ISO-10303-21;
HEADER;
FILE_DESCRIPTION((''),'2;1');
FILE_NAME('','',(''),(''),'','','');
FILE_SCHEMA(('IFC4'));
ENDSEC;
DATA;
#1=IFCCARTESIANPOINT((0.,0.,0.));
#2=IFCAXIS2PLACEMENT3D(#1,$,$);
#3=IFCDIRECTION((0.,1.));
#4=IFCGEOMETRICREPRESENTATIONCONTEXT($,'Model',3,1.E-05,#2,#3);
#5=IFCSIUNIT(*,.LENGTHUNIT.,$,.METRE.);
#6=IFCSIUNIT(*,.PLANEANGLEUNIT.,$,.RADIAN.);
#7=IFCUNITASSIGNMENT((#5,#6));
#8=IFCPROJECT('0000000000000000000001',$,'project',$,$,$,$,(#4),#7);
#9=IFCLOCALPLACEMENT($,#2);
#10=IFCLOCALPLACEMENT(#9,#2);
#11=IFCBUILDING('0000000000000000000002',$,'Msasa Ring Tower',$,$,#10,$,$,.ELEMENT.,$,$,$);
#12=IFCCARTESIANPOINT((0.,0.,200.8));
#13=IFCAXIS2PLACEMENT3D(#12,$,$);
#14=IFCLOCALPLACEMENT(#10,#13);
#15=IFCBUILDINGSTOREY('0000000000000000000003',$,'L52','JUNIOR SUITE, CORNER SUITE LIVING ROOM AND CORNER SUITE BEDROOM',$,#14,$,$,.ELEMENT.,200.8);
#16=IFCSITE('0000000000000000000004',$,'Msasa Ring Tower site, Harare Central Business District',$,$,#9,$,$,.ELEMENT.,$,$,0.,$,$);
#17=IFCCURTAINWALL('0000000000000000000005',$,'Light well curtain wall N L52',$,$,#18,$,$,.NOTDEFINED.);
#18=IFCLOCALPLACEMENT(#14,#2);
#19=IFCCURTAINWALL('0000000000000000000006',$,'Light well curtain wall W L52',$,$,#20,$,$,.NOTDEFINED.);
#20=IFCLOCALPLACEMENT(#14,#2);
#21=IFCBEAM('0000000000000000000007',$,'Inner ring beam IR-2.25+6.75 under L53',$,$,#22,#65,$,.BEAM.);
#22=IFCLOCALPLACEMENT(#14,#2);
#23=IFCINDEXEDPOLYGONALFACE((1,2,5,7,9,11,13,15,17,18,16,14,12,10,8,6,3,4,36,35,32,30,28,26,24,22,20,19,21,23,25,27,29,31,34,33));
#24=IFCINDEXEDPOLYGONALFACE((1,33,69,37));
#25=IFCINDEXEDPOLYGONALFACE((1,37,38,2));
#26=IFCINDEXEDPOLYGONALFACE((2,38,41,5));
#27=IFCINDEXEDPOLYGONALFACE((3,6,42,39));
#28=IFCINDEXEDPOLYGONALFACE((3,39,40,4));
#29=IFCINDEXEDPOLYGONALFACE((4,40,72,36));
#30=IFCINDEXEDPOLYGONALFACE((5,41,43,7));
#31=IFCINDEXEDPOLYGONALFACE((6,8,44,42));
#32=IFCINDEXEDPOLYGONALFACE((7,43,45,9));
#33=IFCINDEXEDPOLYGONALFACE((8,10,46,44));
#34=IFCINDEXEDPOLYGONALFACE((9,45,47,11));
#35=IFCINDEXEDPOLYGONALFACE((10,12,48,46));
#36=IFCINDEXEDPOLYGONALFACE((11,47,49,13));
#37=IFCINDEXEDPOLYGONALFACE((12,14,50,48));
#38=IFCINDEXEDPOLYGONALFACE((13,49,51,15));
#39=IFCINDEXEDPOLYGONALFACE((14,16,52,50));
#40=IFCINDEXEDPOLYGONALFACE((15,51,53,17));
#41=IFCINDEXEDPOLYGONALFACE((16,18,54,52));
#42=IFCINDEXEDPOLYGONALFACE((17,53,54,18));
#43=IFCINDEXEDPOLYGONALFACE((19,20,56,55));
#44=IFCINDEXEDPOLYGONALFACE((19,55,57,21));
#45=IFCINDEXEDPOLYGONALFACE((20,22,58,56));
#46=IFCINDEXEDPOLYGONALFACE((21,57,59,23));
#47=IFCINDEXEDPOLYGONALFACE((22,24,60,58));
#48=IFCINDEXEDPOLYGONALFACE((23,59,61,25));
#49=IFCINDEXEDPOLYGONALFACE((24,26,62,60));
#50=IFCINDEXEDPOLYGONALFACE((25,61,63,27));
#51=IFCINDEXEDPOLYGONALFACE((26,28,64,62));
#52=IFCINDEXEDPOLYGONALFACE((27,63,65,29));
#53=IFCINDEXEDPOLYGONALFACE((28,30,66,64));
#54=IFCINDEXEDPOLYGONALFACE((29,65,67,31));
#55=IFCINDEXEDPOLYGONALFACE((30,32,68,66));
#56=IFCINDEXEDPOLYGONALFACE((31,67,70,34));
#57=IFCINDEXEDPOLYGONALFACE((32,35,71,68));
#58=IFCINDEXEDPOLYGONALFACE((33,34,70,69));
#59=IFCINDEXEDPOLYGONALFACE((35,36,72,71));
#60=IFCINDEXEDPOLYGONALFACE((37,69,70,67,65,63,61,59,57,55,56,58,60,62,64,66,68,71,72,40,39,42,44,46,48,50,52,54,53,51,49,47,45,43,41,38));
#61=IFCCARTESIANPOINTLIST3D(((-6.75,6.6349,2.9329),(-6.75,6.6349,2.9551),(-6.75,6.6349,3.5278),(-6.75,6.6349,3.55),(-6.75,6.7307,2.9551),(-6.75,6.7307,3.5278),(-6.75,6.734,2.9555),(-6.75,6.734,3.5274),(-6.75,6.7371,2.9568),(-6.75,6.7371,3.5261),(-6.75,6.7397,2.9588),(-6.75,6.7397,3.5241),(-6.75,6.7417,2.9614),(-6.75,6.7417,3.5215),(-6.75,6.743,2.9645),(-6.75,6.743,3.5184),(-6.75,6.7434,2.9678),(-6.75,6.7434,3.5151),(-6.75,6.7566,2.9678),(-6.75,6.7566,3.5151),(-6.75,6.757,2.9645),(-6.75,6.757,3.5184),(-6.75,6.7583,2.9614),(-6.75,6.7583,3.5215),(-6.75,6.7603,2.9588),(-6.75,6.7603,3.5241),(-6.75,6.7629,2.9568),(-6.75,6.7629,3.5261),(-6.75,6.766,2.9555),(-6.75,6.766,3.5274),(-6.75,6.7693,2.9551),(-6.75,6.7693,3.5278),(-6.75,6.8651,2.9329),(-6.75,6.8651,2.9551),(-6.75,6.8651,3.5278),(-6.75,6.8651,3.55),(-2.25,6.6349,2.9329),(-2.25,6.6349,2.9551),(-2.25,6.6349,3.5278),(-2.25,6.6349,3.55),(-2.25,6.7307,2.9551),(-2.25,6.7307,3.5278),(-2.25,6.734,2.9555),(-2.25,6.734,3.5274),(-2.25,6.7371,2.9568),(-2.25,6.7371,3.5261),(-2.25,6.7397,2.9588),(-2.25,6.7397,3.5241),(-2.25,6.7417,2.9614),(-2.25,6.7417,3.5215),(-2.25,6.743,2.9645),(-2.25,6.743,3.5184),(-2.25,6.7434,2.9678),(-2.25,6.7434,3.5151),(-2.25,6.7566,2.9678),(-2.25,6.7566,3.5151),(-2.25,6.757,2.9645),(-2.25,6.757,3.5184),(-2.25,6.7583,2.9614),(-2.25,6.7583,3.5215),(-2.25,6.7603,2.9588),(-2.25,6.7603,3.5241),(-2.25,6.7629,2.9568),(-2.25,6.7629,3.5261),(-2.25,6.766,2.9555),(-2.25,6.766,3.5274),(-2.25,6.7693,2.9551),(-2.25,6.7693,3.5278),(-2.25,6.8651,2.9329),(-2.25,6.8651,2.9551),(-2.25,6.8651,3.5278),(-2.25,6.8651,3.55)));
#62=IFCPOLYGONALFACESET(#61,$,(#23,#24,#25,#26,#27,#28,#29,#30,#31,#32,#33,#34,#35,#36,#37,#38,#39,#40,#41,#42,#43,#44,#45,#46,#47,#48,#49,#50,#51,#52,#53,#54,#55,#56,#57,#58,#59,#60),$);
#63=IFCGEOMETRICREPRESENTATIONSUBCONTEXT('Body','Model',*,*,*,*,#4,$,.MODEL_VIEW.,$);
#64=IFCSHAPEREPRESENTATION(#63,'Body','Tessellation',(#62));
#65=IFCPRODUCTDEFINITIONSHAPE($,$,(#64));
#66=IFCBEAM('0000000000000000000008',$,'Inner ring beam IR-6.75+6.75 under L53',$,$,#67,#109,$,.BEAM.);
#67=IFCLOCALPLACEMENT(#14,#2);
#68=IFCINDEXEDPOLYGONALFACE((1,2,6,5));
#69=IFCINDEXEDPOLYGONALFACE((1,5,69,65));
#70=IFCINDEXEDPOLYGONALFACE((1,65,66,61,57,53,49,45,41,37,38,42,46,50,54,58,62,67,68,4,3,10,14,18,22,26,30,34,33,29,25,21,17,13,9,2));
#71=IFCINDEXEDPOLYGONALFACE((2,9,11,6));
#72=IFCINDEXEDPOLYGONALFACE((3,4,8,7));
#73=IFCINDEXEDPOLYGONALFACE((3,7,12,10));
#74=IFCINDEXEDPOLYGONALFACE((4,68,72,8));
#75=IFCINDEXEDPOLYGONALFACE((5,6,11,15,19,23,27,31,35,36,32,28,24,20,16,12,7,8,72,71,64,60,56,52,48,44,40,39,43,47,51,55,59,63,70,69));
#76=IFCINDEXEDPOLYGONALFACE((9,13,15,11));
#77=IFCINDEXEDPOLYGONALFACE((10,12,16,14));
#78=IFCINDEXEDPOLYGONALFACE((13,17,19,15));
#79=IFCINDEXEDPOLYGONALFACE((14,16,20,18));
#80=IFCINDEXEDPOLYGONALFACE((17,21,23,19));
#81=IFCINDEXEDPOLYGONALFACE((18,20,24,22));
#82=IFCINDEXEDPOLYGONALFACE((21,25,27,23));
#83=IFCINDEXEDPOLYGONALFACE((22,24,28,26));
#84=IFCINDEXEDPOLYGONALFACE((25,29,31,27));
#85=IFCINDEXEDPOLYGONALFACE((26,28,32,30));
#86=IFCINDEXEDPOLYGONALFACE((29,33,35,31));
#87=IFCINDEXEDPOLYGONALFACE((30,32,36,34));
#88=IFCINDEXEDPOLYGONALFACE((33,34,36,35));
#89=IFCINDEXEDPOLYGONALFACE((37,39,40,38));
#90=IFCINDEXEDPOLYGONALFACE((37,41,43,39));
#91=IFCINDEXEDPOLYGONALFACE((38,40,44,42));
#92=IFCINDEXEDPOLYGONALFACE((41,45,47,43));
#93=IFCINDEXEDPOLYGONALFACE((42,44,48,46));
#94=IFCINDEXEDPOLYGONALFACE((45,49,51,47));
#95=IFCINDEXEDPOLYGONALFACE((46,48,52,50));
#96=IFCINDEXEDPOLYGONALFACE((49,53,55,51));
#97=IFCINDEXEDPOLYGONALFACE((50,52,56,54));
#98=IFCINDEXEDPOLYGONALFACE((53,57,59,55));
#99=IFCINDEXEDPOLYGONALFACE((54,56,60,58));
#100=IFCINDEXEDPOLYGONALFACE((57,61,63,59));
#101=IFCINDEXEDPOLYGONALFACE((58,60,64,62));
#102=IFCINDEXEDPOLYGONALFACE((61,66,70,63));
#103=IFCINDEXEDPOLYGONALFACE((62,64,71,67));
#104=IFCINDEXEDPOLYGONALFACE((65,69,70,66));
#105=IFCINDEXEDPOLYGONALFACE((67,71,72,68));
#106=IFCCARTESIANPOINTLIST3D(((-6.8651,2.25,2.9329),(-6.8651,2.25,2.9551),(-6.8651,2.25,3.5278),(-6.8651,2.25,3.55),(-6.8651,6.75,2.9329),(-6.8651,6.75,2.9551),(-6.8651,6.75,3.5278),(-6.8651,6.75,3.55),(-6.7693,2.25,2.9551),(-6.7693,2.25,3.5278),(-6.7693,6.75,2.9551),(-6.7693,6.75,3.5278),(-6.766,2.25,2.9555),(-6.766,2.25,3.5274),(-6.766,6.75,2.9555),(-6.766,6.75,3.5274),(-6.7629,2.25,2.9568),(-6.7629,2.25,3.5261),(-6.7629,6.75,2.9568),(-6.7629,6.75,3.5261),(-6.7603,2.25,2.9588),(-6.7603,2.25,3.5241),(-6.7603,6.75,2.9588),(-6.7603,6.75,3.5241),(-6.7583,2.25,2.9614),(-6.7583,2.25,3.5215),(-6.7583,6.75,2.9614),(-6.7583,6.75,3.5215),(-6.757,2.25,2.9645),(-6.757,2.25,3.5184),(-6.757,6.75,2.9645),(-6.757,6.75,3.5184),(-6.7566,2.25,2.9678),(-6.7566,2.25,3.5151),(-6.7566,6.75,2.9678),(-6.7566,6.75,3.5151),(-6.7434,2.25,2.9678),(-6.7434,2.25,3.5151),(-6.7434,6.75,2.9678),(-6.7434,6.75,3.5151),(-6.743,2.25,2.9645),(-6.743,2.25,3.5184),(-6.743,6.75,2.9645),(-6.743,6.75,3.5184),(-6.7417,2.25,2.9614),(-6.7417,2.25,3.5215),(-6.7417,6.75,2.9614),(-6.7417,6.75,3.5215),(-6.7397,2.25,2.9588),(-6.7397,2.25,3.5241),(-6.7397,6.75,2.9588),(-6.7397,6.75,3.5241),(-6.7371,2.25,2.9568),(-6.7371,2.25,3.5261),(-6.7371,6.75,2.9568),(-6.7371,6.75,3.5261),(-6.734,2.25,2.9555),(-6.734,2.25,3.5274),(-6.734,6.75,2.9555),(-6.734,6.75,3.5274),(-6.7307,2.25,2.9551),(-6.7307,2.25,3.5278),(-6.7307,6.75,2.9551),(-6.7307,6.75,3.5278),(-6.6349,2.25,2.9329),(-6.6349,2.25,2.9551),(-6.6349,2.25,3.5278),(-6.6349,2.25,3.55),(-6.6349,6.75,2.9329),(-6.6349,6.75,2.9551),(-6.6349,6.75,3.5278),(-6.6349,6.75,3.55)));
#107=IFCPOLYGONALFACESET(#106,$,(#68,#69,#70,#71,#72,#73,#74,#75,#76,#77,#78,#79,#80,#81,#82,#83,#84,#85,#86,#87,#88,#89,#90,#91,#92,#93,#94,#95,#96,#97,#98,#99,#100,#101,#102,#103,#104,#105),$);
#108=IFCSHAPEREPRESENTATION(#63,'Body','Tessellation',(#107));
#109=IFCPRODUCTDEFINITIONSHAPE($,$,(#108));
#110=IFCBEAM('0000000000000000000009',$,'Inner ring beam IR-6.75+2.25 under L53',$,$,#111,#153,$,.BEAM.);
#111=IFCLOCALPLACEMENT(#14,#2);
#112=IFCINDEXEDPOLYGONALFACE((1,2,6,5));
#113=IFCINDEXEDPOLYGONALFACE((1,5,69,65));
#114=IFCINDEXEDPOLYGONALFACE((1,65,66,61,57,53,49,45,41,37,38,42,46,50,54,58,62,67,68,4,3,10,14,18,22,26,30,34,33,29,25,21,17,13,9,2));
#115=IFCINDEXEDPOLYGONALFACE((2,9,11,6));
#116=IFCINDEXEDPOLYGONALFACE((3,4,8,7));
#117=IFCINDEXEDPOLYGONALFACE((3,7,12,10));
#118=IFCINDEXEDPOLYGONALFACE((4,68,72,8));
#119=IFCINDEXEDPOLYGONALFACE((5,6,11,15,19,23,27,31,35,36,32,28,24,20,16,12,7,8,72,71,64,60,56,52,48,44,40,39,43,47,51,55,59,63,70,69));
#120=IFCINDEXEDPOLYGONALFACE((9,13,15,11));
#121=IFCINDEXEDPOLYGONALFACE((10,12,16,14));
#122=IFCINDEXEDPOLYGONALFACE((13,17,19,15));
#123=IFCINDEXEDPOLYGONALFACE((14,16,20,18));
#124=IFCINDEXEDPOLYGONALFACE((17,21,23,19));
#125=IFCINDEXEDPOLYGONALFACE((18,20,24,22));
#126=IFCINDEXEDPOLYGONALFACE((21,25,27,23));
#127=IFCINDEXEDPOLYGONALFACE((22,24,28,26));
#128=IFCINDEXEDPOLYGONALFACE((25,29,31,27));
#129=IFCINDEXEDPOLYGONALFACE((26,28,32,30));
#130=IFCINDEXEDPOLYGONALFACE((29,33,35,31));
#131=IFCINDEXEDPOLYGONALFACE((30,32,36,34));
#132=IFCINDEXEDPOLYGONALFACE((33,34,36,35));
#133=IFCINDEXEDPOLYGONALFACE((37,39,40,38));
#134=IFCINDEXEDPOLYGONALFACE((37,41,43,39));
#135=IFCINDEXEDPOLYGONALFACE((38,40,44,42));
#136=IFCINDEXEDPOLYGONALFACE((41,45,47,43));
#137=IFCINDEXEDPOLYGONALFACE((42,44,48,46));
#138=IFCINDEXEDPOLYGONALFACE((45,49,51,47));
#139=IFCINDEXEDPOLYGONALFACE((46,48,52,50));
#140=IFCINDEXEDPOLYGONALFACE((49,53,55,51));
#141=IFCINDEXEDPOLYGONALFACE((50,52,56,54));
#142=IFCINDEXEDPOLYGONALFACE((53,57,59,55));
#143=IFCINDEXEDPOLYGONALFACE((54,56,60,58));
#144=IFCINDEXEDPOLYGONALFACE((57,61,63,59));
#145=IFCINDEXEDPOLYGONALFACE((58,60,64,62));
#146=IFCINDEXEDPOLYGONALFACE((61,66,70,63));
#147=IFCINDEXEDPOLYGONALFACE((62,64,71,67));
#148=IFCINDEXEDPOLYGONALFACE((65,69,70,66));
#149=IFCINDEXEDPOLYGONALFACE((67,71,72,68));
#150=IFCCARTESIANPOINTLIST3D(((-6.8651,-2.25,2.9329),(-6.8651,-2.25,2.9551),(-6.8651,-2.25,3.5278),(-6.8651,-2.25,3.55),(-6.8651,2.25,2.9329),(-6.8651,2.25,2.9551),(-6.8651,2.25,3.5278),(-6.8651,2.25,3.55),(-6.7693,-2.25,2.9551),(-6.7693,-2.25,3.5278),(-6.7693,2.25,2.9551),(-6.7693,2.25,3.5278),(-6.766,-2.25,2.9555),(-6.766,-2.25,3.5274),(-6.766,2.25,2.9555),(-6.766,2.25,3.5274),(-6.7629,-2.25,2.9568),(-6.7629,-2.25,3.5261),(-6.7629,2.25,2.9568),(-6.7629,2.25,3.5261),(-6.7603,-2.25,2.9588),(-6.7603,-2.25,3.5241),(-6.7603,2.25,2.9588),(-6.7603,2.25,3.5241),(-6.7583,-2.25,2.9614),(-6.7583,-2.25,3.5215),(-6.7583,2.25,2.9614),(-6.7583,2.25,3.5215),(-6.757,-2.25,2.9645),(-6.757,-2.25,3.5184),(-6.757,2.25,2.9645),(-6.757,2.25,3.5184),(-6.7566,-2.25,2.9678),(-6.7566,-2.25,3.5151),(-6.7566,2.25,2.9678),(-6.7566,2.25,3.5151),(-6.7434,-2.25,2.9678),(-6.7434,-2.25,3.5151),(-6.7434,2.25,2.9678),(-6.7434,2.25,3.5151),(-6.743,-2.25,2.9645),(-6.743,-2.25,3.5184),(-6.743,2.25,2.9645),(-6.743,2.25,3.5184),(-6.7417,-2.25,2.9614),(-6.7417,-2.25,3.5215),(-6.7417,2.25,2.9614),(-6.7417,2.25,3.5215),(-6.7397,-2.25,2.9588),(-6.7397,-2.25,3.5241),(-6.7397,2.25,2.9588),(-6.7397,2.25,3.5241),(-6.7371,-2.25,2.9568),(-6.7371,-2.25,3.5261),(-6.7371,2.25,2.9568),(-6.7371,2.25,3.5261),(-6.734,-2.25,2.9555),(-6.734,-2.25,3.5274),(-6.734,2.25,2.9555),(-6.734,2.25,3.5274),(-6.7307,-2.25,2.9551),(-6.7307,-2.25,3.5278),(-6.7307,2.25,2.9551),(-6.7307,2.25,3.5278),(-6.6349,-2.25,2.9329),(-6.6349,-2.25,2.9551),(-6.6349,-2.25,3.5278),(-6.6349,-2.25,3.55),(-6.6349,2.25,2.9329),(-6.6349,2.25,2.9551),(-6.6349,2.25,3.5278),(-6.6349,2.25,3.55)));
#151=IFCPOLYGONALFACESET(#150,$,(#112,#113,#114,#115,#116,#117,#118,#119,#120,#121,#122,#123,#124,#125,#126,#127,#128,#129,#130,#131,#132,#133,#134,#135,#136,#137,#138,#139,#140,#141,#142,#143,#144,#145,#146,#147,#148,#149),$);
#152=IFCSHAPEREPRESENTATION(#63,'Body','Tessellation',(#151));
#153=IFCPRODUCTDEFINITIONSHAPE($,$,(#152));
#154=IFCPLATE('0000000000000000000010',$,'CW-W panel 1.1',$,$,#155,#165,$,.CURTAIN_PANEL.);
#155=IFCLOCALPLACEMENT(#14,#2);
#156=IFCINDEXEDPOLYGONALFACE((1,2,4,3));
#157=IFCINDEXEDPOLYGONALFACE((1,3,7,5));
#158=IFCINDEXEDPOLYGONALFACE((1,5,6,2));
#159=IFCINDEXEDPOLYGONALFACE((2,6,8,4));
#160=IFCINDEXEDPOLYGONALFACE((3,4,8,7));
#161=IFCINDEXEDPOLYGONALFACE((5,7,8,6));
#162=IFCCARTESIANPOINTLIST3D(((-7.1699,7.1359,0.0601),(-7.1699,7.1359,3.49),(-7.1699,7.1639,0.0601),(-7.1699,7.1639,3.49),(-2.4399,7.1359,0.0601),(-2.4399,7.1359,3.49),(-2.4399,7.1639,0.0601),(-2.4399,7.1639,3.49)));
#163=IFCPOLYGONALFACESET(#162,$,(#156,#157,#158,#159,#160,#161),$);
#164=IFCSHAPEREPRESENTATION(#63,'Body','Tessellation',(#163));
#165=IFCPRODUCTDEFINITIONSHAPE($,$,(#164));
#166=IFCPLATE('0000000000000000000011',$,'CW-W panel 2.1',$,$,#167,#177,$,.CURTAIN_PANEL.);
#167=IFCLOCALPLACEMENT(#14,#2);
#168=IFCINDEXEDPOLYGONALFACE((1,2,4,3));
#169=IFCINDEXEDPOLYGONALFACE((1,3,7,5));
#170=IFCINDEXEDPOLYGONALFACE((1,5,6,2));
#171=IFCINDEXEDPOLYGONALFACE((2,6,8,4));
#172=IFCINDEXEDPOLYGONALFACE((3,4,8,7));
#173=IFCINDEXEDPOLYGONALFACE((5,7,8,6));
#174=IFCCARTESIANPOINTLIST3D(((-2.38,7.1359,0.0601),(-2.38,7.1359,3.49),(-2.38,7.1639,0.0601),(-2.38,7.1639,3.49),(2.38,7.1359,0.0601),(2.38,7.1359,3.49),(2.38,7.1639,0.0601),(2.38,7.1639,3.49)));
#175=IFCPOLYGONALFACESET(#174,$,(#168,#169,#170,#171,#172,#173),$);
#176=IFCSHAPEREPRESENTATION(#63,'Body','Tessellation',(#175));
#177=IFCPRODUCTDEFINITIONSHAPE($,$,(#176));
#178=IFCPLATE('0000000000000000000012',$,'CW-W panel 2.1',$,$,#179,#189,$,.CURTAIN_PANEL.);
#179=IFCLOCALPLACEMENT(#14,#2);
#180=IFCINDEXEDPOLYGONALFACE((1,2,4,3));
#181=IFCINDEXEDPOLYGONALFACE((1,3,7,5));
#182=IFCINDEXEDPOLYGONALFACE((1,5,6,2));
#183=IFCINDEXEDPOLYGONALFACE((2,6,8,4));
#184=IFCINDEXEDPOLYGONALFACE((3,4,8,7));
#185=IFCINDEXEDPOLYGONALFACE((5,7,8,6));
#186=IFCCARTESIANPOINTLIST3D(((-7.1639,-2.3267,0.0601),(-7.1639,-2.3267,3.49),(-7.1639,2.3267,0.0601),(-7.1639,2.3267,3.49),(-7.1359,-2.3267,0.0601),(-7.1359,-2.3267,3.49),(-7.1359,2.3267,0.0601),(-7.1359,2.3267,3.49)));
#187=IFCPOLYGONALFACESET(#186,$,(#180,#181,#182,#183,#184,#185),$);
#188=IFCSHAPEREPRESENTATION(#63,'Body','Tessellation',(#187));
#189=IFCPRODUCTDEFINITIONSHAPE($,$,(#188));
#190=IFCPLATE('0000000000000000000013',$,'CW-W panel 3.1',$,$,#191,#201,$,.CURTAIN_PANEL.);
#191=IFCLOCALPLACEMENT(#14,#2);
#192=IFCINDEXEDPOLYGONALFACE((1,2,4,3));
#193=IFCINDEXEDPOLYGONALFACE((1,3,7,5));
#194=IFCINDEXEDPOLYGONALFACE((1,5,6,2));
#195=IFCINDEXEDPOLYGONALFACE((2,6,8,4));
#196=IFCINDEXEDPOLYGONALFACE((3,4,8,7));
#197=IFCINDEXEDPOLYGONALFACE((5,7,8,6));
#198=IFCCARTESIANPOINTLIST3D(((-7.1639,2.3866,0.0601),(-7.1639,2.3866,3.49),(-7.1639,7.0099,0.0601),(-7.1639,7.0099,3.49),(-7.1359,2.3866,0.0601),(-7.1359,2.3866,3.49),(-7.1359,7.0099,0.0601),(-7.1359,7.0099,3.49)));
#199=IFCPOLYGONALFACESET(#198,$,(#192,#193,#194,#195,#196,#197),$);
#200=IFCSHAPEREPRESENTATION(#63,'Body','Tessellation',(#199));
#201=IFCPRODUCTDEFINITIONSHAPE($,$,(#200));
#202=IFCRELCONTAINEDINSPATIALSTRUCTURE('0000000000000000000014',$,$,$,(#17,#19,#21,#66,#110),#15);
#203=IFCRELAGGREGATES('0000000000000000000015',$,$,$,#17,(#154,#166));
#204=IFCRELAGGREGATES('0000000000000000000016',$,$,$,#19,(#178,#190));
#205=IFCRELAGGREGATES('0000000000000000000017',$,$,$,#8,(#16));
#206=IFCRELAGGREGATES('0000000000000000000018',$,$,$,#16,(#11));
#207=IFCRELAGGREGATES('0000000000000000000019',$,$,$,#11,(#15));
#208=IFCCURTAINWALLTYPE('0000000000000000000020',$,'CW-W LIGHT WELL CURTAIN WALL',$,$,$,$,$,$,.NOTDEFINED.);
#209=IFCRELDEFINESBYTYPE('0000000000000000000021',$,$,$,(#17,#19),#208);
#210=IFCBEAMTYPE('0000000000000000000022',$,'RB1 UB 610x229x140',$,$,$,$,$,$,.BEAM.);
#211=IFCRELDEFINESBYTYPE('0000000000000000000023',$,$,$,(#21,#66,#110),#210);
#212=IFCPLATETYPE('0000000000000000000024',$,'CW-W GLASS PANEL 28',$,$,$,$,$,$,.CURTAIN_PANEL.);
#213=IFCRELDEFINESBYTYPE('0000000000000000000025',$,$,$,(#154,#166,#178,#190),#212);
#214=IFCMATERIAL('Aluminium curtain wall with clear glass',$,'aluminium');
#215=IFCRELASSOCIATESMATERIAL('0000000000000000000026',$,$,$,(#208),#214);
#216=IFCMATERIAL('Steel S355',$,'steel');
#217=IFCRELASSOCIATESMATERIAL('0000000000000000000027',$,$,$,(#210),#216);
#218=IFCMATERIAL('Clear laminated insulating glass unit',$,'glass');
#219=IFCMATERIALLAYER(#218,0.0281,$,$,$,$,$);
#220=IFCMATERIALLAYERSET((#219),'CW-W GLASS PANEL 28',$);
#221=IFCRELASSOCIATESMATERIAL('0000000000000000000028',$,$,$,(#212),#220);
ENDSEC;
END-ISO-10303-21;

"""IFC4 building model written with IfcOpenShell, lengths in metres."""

from ifc_helpers import new_model, si_unit, direction, frame, origin, origin_2d, place, context, subcontext, project, spatial, rectangle, i_section, extrude, material, layer, layer_set, material_profile, profile_set, type_object, element, aggregate, save


model = new_model("IFC4")

# Units and contexts
model_context = context("Model", 3, precision=1e-05, world=origin(), true_north=direction((0.0, 1.0)))
body_context = subcontext(model_context, "Body", "Model", "MODEL_VIEW")
ifc_project = project(units=[si_unit("LENGTHUNIT", "METRE"), si_unit("PLANEANGLEUNIT", "RADIAN")], contexts=[model_context])

# Site, building, storey
site_placement = place(None, origin())
site = spatial("IfcSite", under=ifc_project, at=site_placement, Name="Msasa Ring Tower site, Harare Central Business District", CompositionType="ELEMENT", RefElevation=0.0)
building_placement = place(site_placement, origin())
building = spatial("IfcBuilding", under=site, at=building_placement, Name="Msasa Ring Tower", CompositionType="ELEMENT")
storey_placement = place(building_placement, frame((0.0, 0.0, 200.8)))
storey = spatial("IfcBuildingStorey", under=building, at=storey_placement, Name="L52", Description="JUNIOR SUITE, CORNER SUITE LIVING ROOM AND CORNER SUITE BEDROOM", CompositionType="ELEMENT", Elevation=200.8)

# Curtain wall
ifc_material_1 = material(Name="Aluminium curtain wall with clear glass", Category="aluminium")
curtain_wall_type = type_object("IfcCurtainWallType", Name="CW-W LIGHT WELL CURTAIN WALL", PredefinedType="NOTDEFINED", material=ifc_material_1)
curtain_wall_1_placement = place(storey_placement, origin())
curtain_wall_1 = element("IfcCurtainWall", 1, at=curtain_wall_1_placement, inside=storey, type_object=curtain_wall_type, Name="Light well curtain wall N L52", PredefinedType="NOTDEFINED")

# Curtain wall
curtain_wall_2_placement = place(storey_placement, origin())
curtain_wall_2 = element("IfcCurtainWall", 2, at=curtain_wall_2_placement, inside=storey, type_object=curtain_wall_type, Name="Light well curtain wall W L52", PredefinedType="NOTDEFINED")

# Beams
ifc_material_2 = material(Name="Steel S355", Category="steel")
ifc_material_profile_1 = material_profile(ifc_material_2, i_section(OverallWidth=0.2302, OverallDepth=0.6172, WebThickness=0.0132, FlangeThickness=0.0222, FilletRadius=0.0127, at=origin_2d()), Name="UB 610x229x140")
ifc_profile_set_1 = profile_set([ifc_material_profile_1], Name="Steel S355")
beam_type = type_object("IfcBeamType", Name="RB1 UB 610x229x140", PredefinedType="BEAM", material=ifc_profile_set_1)
for number, where, z_axis, x_axis, name in (
    (3, (-2.25, 6.75, 3.2415), (-1.0, 0.0, 0.0), (0.0, -1.0, 0.0), "Inner ring beam IR-2.25+6.75 under L53"),
    (4, (-6.75, 6.75, 3.2415), (0.0, -1.0, 0.0), (1.0, 0.0, 0.0), "Inner ring beam IR-6.75+6.75 under L53"),
    (5, (-6.75, 2.25, 3.2415), (0.0, -1.0, 0.0), (1.0, 0.0, 0.0), "Inner ring beam IR-6.75+2.25 under L53"),
):
    element("IfcBeam", number, at=place(storey_placement, frame(where, z_axis=z_axis, x_axis=x_axis)), inside=storey, type_object=beam_type, Name=name, PredefinedType="BEAM", context=body_context, shape_type="SweptSolid", body=[
        extrude(i_section(OverallWidth=0.2302, OverallDepth=0.6172, WebThickness=0.0132, FlangeThickness=0.0222, FilletRadius=0.0127, at=origin_2d()), origin(), (0.0, 0.0, 1.0), 4.5),
    ])

# Plates
ifc_material_3 = material(Name="Clear laminated insulating glass unit", Category="glass")
ifc_layer_1 = layer(ifc_material_3, 0.0281)
ifc_layer_set_1 = layer_set([ifc_layer_1], Name="CW-W GLASS PANEL 28")
plate_type = type_object("IfcPlateType", Name="CW-W GLASS PANEL 28", PredefinedType="CURTAIN_PANEL", material=ifc_layer_set_1)
plate_1_placement = place(storey_placement, frame((-4.8049, 7.1499, 0.0601), z_axis=(0.0, 0.0, 1.0), x_axis=(1.0, 0.0, 0.0)))
plate_1 = element("IfcPlate", 6, at=plate_1_placement, type_object=plate_type, Name="CW-W panel 1.1", PredefinedType="CURTAIN_PANEL", context=body_context, shape_type="SweptSolid", body=[
    extrude(rectangle(XDim=4.73, YDim=0.0281, at=origin_2d()), origin(), (0.0, 0.0, 1.0), 3.4299),
])
plate_2_placement = place(storey_placement, frame((0.0, 7.1499, 0.0601), z_axis=(0.0, 0.0, 1.0), x_axis=(1.0, 0.0, 0.0)))
plate_2 = element("IfcPlate", 7, at=plate_2_placement, type_object=plate_type, Name="CW-W panel 2.1", PredefinedType="CURTAIN_PANEL", context=body_context, shape_type="SweptSolid", body=[
    extrude(rectangle(XDim=4.76, YDim=0.0281, at=origin_2d()), origin(), (0.0, 0.0, 1.0), 3.4299),
])
aggregate(curtain_wall_1, [plate_1, plate_2])
plate_3_placement = place(storey_placement, frame((-7.1499, 0.0, 0.0601), z_axis=(0.0, 0.0, 1.0), x_axis=(0.0, 1.0, 0.0)))
plate_3 = element("IfcPlate", 8, at=plate_3_placement, type_object=plate_type, Name="CW-W panel 2.1", PredefinedType="CURTAIN_PANEL", context=body_context, shape_type="SweptSolid", body=[
    extrude(rectangle(XDim=4.6533, YDim=0.0281, at=origin_2d()), origin(), (0.0, 0.0, 1.0), 3.4299),
])
plate_4_placement = place(storey_placement, frame((-7.1499, 4.6982, 0.0601), z_axis=(0.0, 0.0, 1.0), x_axis=(0.0, 1.0, 0.0)))
plate_4 = element("IfcPlate", 9, at=plate_4_placement, type_object=plate_type, Name="CW-W panel 3.1", PredefinedType="CURTAIN_PANEL", context=body_context, shape_type="SweptSolid", body=[
    extrude(rectangle(XDim=4.6233, YDim=0.0281, at=origin_2d()), origin(), (0.0, 0.0, 1.0), 3.4299),
])
aggregate(curtain_wall_2, [plate_3, plate_4])

save(model, "model.ifc")
